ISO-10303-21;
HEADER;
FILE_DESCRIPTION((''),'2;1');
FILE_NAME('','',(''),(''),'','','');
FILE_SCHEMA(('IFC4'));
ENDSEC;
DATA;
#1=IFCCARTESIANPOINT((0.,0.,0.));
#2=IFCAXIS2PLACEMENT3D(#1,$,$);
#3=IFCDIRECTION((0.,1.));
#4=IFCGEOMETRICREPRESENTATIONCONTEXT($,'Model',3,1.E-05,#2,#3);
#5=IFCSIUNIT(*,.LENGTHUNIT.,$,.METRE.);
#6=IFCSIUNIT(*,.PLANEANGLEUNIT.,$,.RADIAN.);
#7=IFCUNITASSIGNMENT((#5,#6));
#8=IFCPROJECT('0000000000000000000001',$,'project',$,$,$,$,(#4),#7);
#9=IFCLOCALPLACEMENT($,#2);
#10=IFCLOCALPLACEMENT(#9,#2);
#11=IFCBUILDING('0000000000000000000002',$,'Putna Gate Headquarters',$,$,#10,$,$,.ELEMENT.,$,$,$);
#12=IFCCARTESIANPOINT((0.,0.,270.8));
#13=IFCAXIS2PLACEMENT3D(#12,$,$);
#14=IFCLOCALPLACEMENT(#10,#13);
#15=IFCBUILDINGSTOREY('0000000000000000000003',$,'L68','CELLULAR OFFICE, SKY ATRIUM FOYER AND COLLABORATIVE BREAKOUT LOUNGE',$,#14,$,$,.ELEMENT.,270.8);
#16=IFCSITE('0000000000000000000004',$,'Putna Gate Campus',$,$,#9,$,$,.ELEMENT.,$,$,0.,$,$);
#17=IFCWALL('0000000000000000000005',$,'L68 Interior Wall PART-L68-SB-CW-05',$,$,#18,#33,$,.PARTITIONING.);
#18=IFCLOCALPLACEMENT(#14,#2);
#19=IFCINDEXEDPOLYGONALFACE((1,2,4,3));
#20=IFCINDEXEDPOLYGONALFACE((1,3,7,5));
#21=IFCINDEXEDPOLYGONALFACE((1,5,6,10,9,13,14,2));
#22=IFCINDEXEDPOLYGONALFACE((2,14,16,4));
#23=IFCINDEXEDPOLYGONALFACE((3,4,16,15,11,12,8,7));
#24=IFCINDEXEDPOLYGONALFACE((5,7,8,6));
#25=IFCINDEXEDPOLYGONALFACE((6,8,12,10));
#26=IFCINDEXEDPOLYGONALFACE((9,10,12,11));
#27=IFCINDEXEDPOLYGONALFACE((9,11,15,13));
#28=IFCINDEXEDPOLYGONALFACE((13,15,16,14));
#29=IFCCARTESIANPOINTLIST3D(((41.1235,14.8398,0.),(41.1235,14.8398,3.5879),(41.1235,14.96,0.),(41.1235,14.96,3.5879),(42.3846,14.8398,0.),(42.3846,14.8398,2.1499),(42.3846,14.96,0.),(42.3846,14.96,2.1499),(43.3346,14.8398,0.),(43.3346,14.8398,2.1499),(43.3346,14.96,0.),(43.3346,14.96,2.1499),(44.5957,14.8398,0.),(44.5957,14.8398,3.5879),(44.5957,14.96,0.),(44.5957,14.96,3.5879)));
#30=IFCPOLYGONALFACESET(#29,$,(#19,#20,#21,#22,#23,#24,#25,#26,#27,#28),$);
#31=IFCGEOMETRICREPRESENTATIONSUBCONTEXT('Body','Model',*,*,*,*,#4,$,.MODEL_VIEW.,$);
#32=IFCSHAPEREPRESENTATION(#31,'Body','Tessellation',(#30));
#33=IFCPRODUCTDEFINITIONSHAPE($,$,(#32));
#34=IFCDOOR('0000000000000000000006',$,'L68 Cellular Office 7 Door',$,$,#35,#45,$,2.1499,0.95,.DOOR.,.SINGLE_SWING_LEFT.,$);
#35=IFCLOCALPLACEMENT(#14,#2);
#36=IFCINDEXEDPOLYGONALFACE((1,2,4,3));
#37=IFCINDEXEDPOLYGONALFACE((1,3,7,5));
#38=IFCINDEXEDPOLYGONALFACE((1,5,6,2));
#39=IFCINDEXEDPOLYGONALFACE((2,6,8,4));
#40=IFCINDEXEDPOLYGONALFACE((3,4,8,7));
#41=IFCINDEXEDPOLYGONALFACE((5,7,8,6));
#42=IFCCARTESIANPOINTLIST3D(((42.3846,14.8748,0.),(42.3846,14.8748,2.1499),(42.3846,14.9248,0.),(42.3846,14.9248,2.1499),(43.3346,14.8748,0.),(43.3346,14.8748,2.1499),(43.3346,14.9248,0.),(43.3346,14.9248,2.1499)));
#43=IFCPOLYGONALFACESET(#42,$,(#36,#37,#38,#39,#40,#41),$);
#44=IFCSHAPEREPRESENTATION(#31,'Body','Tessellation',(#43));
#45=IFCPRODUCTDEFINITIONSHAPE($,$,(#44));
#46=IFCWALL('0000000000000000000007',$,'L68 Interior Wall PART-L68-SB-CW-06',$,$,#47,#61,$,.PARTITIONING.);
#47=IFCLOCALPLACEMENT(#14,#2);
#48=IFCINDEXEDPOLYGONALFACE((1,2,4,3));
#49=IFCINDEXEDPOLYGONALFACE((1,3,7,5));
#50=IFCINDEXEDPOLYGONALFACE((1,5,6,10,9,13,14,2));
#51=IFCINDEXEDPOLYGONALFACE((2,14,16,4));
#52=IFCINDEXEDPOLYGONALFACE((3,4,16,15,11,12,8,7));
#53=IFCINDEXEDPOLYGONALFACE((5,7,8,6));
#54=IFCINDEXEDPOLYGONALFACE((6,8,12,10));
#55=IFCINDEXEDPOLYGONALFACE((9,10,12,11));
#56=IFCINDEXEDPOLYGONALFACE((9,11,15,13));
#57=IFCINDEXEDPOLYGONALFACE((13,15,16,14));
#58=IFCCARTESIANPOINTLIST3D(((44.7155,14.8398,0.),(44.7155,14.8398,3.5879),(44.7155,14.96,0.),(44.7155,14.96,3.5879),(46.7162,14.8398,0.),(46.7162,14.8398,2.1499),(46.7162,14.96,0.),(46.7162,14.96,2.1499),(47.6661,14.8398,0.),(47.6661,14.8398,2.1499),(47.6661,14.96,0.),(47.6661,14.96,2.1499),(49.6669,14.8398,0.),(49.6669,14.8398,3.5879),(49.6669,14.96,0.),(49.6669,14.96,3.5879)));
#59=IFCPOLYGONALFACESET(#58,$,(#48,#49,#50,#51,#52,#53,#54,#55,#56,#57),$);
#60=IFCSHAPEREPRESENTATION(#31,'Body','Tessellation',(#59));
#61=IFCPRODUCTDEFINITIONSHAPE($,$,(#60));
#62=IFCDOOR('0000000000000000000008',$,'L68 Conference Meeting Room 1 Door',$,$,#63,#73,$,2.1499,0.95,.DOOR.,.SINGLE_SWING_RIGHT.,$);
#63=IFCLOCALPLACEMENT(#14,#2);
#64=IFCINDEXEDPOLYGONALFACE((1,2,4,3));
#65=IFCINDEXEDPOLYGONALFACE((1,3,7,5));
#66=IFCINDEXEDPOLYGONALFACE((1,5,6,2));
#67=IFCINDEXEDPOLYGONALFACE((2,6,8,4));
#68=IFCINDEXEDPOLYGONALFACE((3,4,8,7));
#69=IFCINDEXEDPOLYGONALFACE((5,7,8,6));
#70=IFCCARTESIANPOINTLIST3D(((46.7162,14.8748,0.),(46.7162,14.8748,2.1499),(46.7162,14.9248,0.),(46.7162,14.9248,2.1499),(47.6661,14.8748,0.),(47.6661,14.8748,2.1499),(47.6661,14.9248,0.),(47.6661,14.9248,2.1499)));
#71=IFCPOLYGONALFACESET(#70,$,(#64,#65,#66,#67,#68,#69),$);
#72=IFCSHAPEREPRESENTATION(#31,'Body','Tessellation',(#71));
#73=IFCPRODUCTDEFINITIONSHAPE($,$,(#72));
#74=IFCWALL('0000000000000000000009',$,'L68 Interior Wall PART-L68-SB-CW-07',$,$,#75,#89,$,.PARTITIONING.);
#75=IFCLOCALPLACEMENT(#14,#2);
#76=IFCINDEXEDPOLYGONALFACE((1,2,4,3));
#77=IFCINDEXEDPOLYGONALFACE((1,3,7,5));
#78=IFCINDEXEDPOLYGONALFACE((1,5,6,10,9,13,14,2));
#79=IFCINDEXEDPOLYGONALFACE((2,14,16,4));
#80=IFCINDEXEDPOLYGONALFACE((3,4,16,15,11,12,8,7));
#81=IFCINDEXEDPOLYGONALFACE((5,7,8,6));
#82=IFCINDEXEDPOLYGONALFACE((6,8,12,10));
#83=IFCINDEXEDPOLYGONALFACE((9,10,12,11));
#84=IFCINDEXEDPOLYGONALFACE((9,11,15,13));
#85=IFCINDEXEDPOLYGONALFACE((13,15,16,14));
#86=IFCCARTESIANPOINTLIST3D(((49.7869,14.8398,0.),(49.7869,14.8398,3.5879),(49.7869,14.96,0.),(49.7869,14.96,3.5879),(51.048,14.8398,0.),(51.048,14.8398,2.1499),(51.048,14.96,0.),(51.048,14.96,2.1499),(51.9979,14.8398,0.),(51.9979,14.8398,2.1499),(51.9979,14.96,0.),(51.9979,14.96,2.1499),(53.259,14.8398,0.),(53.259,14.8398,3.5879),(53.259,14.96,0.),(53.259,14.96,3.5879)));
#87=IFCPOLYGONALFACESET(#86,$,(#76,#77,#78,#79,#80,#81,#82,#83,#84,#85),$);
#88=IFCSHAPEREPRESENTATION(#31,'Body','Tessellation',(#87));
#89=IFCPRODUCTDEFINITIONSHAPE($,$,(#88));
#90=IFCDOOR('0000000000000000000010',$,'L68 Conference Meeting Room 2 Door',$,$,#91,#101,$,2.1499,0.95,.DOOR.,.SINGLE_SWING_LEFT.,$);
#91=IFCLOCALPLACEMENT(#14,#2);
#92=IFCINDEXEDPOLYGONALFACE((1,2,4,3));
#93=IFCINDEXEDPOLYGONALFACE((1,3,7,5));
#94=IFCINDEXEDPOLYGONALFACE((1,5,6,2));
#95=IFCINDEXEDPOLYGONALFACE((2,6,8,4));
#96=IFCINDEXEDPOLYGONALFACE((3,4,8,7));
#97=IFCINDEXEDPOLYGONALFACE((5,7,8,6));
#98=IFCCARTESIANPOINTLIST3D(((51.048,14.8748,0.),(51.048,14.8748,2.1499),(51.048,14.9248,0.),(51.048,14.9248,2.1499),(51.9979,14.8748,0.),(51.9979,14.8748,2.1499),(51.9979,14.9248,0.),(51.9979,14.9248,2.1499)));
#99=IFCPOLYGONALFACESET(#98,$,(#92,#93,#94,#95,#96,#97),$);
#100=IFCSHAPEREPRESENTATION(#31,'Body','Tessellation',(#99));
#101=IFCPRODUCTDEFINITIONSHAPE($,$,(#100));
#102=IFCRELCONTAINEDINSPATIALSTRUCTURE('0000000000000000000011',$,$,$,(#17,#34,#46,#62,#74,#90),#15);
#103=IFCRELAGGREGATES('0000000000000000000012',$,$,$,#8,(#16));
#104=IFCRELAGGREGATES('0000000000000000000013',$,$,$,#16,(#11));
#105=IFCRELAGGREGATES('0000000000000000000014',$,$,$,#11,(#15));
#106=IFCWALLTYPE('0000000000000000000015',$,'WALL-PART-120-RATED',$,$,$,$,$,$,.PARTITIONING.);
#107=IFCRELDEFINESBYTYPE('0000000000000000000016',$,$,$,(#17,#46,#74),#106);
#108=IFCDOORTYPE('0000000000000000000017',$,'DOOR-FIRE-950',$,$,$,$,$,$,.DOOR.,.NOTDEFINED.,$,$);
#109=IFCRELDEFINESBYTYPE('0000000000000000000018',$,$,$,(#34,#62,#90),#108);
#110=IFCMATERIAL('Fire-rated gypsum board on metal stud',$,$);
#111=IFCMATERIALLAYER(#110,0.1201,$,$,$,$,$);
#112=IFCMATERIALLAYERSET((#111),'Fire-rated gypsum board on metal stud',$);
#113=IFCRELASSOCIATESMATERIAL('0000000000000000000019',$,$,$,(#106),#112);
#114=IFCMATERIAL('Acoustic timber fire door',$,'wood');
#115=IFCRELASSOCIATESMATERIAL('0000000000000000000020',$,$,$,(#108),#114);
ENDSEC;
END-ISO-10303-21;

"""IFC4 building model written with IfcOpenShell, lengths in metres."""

from ifc_helpers import new_model, si_unit, direction, frame, frame_2d, origin, place, context, subcontext, project, spatial, rectangle, extrude, material, layer, layer_set, type_object, element, fill, save


model = new_model("IFC4")

# Units and contexts
model_context = context("Model", 3, precision=1e-05, world=origin(), true_north=direction((0.0, 1.0)))
body_context = subcontext(model_context, "Body", "Model", "MODEL_VIEW")
ifc_project = project(units=[si_unit("LENGTHUNIT", "METRE"), si_unit("PLANEANGLEUNIT", "RADIAN")], contexts=[model_context])

# Site, building, storey
site_placement = place(None, origin())
site = spatial("IfcSite", under=ifc_project, at=site_placement, Name="Putna Gate Campus", CompositionType="ELEMENT", RefElevation=0.0)
building_placement = place(site_placement, origin())
building = spatial("IfcBuilding", under=site, at=building_placement, Name="Putna Gate Headquarters", CompositionType="ELEMENT")
storey_placement = place(building_placement, frame((0.0, 0.0, 270.8)))
storey = spatial("IfcBuildingStorey", under=building, at=storey_placement, Name="L68", Description="CELLULAR OFFICE, SKY ATRIUM FOYER AND COLLABORATIVE BREAKOUT LOUNGE", CompositionType="ELEMENT", Elevation=270.8)

# Walls, openings, doors
ifc_material_1 = material(Name="Fire-rated gypsum board on metal stud")
ifc_layer_1 = layer(ifc_material_1, 0.1201)
ifc_layer_set_1 = layer_set([ifc_layer_1], Name="Fire-rated gypsum board on metal stud")
wall_type_1 = type_object("IfcWallType", Name="WALL-PART-120-RATED", PredefinedType="PARTITIONING", material=ifc_layer_set_1)
wall_1_placement = place(storey_placement, frame((41.1235, 14.8999, 0.0), z_axis=(0.0, 0.0, 1.0), x_axis=(1.0, 0.0, 0.0)))
wall_1 = element("IfcWall", 1, at=wall_1_placement, inside=storey, type_object=wall_type_1, Name="L68 Interior Wall PART-L68-SB-CW-05", PredefinedType="PARTITIONING", context=body_context, shape_type="SweptSolid", body=[
    extrude(rectangle(XDim=3.4722, YDim=0.1201, at=frame_2d((1.7361, 0.0))), origin(), (0.0, 0.0, 1.0), 3.5879),
])
opening_1_placement = place(wall_1_placement, frame((1.261, 0.0, 0.0)))
opening_1 = element("IfcOpeningElement", 2, at=opening_1_placement, cuts=wall_1, PredefinedType="OPENING", context=body_context, shape_type="SweptSolid", body=[
    extrude(rectangle(XDim=0.95, YDim=2.1499, at=frame_2d((0.4751, 1.075))), frame((0.0, 0.0701, 0.0), z_axis=(0.0, -1.0, 0.0), x_axis=(1.0, 0.0, 0.0)), (0.0, 0.0, 1.0), 0.1401),
])
ifc_material_2 = material(Name="Acoustic timber fire door", Category="wood")
door_type = type_object("IfcDoorType", Name="DOOR-FIRE-950", OperationType="NOTDEFINED", PredefinedType="DOOR", material=ifc_material_2)
door_1_placement = place(opening_1_placement, origin())
door_1 = element("IfcDoor", 3, at=door_1_placement, inside=storey, type_object=door_type, Name="L68 Cellular Office 7 Door", OperationType="SINGLE_SWING_LEFT", OverallHeight=2.1499, OverallWidth=0.95, PredefinedType="DOOR", context=body_context, shape_type="SweptSolid", body=[
    extrude(rectangle(XDim=0.95, YDim=2.1499, at=frame_2d((0.4751, 1.075))), frame((0.0, 0.0249, 0.0), z_axis=(0.0, -1.0, 0.0), x_axis=(1.0, 0.0, 0.0)), (0.0, 0.0, 1.0), 0.05),
])
fill(opening_1, door_1)
wall_2_placement = place(storey_placement, frame((44.7156, 14.8999, 0.0), z_axis=(0.0, 0.0, 1.0), x_axis=(1.0, 0.0, 0.0)))
wall_2 = element("IfcWall", 4, at=wall_2_placement, inside=storey, type_object=wall_type_1, Name="L68 Interior Wall PART-L68-SB-CW-06", PredefinedType="PARTITIONING", context=body_context, shape_type="SweptSolid", body=[
    extrude(rectangle(XDim=4.9514, YDim=0.1201, at=frame_2d((2.4756, 0.0))), origin(), (0.0, 0.0, 1.0), 3.5879),
])
opening_2_placement = place(wall_2_placement, frame((2.0005, 0.0, 0.0)))
opening_2 = element("IfcOpeningElement", 5, at=opening_2_placement, cuts=wall_2, PredefinedType="OPENING", context=body_context, shape_type="SweptSolid", body=[
    extrude(rectangle(XDim=0.95, YDim=2.1499, at=frame_2d((0.4751, 1.075))), frame((0.0, 0.0701, 0.0), z_axis=(0.0, -1.0, 0.0), x_axis=(1.0, 0.0, 0.0)), (0.0, 0.0, 1.0), 0.1401),
])
door_2_placement = place(opening_2_placement, origin())
door_2 = element("IfcDoor", 6, at=door_2_placement, inside=storey, type_object=door_type, Name="L68 Conference Meeting Room 1 Door", OperationType="SINGLE_SWING_RIGHT", OverallHeight=2.1499, OverallWidth=0.95, PredefinedType="DOOR", context=body_context, shape_type="SweptSolid", body=[
    extrude(rectangle(XDim=0.95, YDim=2.1499, at=frame_2d((0.4751, 1.075))), frame((0.0, 0.0249, 0.0), z_axis=(0.0, -1.0, 0.0), x_axis=(1.0, 0.0, 0.0)), (0.0, 0.0, 1.0), 0.05),
])
fill(opening_2, door_2)
wall_3_placement = place(storey_placement, frame((49.7869, 14.8999, 0.0), z_axis=(0.0, 0.0, 1.0), x_axis=(1.0, 0.0, 0.0)))
wall_3 = element("IfcWall", 7, at=wall_3_placement, inside=storey, type_object=wall_type_1, Name="L68 Interior Wall PART-L68-SB-CW-07", PredefinedType="PARTITIONING", context=body_context, shape_type="SweptSolid", body=[
    extrude(rectangle(XDim=3.4722, YDim=0.1201, at=frame_2d((1.7361, 0.0))), origin(), (0.0, 0.0, 1.0), 3.5879),
])
opening_3_placement = place(wall_3_placement, frame((1.261, 0.0, 0.0)))
opening_3 = element("IfcOpeningElement", 8, at=opening_3_placement, cuts=wall_3, PredefinedType="OPENING", context=body_context, shape_type="SweptSolid", body=[
    extrude(rectangle(XDim=0.95, YDim=2.1499, at=frame_2d((0.4751, 1.075))), frame((0.0, 0.0701, 0.0), z_axis=(0.0, -1.0, 0.0), x_axis=(1.0, 0.0, 0.0)), (0.0, 0.0, 1.0), 0.1401),
])
door_3_placement = place(opening_3_placement, origin())
door_3 = element("IfcDoor", 9, at=door_3_placement, inside=storey, type_object=door_type, Name="L68 Conference Meeting Room 2 Door", OperationType="SINGLE_SWING_LEFT", OverallHeight=2.1499, OverallWidth=0.95, PredefinedType="DOOR", context=body_context, shape_type="SweptSolid", body=[
    extrude(rectangle(XDim=0.95, YDim=2.1499, at=frame_2d((0.4751, 1.075))), frame((0.0, 0.0249, 0.0), z_axis=(0.0, -1.0, 0.0), x_axis=(1.0, 0.0, 0.0)), (0.0, 0.0, 1.0), 0.05),
])
fill(opening_3, door_3)

save(model, "model.ifc")
